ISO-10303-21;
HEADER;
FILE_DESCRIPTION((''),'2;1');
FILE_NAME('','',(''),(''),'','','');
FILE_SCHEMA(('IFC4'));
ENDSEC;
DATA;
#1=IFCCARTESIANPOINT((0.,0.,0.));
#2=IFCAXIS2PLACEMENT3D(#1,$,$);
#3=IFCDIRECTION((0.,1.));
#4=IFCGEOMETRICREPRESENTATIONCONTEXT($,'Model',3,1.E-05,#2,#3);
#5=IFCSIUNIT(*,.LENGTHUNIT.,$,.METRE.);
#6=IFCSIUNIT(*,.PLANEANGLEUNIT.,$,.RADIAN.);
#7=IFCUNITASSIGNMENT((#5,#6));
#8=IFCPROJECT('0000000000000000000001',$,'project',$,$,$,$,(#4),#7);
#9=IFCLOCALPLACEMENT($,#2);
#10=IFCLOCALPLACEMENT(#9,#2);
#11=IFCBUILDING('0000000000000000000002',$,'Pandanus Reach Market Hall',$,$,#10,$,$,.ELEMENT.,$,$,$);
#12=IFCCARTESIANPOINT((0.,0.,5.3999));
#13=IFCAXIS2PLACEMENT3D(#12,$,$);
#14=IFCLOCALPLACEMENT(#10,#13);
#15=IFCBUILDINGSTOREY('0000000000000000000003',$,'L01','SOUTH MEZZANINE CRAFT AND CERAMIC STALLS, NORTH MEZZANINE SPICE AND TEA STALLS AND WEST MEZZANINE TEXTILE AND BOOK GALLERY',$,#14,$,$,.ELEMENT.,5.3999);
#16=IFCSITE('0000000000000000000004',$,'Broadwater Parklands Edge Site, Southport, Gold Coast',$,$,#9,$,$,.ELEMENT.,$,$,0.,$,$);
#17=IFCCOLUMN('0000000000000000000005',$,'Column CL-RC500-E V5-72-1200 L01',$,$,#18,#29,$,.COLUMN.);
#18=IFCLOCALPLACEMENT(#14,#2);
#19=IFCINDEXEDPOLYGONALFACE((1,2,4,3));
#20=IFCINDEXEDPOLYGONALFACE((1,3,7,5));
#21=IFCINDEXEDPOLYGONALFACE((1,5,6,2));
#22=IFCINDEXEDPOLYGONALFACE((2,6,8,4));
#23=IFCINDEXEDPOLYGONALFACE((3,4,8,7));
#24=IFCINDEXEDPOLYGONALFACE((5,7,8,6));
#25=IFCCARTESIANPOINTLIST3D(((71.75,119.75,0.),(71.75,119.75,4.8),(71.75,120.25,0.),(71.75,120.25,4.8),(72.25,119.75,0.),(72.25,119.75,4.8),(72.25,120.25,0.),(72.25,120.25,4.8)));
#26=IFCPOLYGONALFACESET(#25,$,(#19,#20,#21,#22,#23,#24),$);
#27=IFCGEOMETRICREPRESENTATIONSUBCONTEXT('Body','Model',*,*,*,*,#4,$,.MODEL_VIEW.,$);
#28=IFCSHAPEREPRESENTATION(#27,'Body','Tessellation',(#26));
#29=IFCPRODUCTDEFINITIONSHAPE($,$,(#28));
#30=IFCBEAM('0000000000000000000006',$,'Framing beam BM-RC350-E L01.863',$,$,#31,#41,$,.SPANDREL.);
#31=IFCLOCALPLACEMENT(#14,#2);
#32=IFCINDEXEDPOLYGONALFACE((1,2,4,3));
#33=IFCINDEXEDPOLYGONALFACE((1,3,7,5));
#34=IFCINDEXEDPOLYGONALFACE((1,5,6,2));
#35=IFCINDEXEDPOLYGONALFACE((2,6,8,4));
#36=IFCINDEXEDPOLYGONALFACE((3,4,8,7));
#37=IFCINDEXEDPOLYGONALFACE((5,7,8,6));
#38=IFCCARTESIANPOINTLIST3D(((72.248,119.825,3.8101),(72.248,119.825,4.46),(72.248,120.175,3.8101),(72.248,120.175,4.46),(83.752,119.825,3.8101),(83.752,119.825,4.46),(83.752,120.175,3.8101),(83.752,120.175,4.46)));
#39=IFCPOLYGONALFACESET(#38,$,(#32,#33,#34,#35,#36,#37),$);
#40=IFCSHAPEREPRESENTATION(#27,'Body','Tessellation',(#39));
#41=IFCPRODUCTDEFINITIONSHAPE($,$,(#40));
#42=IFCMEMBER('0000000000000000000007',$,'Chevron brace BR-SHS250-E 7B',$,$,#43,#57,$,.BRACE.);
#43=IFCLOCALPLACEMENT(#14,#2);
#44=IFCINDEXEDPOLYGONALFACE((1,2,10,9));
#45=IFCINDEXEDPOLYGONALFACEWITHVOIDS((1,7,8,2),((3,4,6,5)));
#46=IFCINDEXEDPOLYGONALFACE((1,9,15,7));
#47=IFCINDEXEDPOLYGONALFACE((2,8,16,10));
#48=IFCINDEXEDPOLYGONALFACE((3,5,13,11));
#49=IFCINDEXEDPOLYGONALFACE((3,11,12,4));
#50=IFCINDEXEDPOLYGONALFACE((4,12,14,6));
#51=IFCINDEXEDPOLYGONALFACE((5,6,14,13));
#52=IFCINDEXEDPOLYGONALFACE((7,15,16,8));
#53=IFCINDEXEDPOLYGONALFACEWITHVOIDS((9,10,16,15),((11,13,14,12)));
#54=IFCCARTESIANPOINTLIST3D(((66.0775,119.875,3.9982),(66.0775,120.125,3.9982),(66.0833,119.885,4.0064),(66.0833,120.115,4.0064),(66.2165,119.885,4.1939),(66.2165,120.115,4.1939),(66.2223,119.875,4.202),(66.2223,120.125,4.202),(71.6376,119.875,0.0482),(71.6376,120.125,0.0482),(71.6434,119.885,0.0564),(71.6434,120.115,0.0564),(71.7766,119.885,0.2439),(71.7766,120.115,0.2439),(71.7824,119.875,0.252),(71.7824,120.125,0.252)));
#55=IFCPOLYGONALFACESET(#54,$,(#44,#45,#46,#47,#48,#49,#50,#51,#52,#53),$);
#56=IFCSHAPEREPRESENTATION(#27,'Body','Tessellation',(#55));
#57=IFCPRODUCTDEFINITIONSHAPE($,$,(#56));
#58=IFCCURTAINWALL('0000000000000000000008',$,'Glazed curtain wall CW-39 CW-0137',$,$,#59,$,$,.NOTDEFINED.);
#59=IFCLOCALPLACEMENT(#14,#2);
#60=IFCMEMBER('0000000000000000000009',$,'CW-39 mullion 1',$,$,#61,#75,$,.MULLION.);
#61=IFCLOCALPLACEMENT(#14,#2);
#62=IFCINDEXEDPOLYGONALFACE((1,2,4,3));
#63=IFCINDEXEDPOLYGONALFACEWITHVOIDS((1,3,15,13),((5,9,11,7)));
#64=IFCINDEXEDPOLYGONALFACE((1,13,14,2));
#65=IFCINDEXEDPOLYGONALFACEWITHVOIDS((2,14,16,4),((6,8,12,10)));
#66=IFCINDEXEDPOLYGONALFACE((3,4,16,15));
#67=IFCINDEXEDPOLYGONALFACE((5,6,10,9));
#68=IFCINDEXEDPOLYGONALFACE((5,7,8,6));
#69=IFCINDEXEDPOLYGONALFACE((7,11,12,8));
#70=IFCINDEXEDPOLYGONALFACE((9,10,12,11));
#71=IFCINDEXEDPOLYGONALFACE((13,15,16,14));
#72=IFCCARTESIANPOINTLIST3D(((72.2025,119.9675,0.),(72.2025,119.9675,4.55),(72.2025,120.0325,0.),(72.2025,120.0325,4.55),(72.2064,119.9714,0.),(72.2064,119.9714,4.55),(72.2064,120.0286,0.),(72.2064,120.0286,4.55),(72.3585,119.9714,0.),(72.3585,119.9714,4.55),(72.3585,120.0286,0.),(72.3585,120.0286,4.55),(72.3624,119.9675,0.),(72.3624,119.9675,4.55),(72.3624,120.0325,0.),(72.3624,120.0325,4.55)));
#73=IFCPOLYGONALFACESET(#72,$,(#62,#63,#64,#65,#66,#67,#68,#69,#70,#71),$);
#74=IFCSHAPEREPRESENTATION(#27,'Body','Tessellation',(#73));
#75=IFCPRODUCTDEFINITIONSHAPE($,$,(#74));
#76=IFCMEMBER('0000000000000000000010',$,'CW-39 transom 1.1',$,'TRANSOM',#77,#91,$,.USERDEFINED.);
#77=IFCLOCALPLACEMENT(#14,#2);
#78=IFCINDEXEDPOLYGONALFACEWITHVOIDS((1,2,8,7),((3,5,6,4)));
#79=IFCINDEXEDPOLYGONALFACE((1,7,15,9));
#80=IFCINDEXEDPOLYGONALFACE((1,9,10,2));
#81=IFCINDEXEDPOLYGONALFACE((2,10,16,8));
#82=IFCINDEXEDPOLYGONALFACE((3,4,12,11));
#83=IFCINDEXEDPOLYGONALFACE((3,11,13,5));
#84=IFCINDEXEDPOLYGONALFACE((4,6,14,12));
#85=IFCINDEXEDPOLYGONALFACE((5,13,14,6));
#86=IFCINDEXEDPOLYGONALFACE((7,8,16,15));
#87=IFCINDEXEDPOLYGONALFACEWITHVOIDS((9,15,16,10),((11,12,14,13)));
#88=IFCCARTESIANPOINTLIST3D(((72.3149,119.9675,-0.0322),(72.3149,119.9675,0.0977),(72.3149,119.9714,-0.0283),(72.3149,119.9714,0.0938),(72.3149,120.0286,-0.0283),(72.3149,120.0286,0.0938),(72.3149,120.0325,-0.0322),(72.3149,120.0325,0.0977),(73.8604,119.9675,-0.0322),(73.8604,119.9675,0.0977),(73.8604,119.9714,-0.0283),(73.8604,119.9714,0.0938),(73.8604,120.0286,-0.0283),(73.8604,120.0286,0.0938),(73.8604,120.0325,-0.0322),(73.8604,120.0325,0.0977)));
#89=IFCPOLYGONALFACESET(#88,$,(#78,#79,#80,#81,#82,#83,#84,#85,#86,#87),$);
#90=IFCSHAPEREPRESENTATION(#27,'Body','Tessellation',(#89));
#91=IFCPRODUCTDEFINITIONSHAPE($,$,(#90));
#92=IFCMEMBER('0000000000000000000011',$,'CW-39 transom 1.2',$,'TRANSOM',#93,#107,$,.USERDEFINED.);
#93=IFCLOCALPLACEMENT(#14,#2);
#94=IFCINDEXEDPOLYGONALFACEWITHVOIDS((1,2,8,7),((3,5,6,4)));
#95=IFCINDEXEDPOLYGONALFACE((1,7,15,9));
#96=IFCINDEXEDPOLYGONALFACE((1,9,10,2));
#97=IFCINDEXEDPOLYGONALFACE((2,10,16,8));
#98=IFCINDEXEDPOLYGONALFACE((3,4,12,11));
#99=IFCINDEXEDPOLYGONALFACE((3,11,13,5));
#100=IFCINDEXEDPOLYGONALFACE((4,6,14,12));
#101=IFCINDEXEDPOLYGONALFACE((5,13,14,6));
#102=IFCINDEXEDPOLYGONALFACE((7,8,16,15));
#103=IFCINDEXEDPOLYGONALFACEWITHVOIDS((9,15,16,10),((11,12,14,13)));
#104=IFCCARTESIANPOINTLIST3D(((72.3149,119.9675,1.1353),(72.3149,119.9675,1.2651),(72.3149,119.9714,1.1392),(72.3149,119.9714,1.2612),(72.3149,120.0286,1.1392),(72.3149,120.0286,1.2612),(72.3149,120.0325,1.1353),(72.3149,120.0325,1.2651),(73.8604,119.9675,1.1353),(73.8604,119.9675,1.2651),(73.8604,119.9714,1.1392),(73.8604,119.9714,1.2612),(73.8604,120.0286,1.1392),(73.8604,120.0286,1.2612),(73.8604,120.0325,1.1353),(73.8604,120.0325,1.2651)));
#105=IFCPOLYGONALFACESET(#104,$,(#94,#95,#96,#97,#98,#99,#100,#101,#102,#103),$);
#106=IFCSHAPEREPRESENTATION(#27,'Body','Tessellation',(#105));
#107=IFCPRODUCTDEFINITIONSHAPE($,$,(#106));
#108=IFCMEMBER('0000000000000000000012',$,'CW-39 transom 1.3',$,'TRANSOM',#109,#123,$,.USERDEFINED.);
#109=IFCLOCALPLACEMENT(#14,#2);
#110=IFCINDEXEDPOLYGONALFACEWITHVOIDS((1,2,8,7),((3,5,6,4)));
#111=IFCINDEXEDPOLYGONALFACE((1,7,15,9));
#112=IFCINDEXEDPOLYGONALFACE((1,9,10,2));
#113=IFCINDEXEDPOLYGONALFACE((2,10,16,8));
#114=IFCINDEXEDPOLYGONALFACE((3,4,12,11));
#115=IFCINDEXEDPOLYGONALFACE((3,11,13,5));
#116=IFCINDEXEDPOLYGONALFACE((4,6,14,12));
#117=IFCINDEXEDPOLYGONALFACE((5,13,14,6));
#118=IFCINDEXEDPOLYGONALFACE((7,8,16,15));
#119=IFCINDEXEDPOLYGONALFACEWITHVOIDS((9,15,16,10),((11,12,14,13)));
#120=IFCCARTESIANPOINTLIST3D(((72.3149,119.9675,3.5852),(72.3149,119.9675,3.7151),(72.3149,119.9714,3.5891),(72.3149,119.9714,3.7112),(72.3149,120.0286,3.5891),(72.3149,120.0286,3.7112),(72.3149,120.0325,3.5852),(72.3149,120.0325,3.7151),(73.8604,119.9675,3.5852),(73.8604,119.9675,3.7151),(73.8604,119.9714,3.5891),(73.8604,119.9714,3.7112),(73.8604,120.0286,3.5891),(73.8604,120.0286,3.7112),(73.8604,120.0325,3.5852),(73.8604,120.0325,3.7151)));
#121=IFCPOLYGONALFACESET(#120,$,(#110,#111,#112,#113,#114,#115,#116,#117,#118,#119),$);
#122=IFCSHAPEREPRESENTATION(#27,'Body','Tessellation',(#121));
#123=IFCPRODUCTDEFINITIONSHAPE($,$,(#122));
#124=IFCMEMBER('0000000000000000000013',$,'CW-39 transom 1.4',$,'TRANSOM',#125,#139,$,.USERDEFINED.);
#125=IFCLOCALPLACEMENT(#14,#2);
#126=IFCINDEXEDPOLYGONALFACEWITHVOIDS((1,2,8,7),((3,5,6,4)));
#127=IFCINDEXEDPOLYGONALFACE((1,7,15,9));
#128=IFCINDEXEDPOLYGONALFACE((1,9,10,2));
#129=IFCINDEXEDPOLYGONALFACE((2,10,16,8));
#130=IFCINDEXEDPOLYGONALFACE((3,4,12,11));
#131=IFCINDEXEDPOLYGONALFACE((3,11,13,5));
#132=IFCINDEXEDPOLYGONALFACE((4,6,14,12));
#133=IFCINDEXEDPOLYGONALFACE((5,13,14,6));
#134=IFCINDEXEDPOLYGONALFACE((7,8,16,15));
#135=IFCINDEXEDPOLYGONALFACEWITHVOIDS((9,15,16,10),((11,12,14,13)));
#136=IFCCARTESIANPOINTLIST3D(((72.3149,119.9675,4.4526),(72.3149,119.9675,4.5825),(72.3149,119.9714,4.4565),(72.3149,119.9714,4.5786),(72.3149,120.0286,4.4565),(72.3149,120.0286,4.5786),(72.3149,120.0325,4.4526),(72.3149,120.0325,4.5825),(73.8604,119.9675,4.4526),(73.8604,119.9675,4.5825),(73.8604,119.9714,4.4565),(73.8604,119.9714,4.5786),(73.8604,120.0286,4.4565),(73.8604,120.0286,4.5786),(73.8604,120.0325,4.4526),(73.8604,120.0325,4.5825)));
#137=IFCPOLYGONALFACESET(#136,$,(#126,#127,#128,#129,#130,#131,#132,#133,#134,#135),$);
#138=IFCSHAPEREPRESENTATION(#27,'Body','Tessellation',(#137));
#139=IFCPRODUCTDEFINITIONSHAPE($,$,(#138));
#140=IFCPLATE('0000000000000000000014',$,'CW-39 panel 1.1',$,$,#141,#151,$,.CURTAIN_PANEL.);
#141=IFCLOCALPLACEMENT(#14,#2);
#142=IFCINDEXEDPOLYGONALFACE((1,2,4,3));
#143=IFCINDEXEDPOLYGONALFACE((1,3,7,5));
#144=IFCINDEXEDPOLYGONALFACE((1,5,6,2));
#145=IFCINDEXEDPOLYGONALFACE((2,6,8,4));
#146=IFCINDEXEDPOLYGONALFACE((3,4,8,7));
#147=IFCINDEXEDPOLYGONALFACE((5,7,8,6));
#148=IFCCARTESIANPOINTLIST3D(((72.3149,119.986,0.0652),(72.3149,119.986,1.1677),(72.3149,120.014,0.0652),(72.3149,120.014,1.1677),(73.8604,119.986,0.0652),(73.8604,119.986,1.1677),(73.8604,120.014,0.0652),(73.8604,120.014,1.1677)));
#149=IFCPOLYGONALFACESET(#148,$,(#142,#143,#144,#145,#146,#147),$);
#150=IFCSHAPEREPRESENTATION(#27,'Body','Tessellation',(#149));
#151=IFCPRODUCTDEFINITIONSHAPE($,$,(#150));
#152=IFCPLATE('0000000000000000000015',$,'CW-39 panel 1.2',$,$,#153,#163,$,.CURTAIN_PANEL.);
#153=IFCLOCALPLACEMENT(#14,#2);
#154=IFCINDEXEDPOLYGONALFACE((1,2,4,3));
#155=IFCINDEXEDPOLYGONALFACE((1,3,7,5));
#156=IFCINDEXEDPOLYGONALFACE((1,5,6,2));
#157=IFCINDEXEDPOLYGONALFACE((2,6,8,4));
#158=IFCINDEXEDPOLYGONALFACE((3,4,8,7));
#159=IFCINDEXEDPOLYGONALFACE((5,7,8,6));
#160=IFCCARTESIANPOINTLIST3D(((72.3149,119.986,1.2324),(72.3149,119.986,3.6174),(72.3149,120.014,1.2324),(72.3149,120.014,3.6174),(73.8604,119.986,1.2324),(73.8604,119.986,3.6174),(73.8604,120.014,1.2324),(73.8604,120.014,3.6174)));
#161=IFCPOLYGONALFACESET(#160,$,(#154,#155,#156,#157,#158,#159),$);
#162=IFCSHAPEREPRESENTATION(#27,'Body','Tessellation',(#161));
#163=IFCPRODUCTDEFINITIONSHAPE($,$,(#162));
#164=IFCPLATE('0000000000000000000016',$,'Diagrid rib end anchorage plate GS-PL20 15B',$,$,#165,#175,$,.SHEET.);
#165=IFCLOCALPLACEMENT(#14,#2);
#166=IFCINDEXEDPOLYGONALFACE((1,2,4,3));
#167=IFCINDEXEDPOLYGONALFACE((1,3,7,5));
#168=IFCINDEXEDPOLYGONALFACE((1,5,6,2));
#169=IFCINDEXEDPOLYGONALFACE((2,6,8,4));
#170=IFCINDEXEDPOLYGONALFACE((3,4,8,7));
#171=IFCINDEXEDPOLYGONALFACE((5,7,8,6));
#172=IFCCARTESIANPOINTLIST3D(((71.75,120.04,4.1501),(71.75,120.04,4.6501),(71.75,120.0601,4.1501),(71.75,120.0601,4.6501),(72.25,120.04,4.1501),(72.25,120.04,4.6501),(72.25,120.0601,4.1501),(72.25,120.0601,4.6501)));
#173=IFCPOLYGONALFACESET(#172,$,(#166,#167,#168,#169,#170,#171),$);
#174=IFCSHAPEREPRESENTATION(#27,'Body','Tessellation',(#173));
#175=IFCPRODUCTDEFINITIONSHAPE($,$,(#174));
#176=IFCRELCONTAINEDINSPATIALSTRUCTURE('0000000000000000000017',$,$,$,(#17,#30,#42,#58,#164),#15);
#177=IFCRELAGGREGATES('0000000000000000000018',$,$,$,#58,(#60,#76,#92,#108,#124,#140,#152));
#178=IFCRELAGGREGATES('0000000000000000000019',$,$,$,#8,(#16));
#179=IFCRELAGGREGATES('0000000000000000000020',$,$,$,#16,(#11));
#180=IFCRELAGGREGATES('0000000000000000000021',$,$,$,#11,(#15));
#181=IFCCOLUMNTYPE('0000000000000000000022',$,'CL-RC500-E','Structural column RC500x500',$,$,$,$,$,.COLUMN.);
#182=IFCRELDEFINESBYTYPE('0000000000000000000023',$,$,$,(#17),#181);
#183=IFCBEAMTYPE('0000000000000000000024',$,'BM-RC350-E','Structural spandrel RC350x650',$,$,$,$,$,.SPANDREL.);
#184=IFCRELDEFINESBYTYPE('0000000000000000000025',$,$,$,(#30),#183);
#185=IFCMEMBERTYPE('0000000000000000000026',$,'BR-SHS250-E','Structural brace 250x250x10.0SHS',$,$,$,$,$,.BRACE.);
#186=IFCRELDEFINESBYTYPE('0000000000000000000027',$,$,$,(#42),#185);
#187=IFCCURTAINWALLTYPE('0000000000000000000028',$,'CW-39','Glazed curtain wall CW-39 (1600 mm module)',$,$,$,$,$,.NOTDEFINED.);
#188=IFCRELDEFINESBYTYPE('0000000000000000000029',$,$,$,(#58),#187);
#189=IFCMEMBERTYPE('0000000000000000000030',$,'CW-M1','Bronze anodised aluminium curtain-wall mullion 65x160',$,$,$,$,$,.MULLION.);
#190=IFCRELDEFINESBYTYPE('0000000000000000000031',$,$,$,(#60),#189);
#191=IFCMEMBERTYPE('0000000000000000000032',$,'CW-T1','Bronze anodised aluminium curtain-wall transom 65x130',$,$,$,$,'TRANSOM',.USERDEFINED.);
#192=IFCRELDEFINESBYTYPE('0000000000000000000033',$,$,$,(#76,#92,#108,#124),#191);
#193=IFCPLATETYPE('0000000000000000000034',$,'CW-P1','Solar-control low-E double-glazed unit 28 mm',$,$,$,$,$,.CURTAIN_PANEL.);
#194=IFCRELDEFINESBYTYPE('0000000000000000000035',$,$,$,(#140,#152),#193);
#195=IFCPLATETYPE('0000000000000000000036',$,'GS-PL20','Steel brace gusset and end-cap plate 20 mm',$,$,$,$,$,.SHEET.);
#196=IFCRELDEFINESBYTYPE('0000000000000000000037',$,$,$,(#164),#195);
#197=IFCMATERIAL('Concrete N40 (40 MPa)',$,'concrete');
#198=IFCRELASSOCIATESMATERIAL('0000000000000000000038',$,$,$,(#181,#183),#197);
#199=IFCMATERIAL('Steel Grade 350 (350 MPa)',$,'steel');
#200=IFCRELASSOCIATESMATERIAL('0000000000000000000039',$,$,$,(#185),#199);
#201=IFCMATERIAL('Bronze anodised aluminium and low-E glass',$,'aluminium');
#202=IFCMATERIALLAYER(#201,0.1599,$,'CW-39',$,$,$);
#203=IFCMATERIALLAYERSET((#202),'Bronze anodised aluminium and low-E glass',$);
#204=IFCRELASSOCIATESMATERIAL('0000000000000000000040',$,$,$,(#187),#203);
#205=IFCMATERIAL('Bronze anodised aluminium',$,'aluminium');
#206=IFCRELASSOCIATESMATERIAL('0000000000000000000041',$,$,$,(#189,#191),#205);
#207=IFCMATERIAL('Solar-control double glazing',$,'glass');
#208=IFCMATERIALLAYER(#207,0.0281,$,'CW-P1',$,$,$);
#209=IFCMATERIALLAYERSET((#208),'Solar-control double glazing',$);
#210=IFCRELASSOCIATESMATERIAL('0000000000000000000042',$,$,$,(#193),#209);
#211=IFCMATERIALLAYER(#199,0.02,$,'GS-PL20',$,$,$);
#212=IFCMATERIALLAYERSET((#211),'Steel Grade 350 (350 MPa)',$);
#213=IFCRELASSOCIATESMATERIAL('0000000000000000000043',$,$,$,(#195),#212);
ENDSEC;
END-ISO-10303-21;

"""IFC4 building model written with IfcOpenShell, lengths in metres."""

from ifc_helpers import new_model, si_unit, direction, frame, origin, origin_2d, place, context, subcontext, project, spatial, rectangle, hollow_rectangle, extrude, material, layer, layer_set, material_profile, profile_set, type_object, element, aggregate, save


model = new_model("IFC4")

# Units and contexts
model_context = context("Model", 3, precision=1e-05, world=origin(), true_north=direction((0.0, 1.0)))
body_context = subcontext(model_context, "Body", "Model", "MODEL_VIEW")
ifc_project = project(units=[si_unit("LENGTHUNIT", "METRE"), si_unit("PLANEANGLEUNIT", "RADIAN")], contexts=[model_context])

# Site, building, storey
site_placement = place(None, origin())
site = spatial("IfcSite", under=ifc_project, at=site_placement, Name="Broadwater Parklands Edge Site, Southport, Gold Coast", CompositionType="ELEMENT", RefElevation=0.0)
building_placement = place(site_placement, origin())
building = spatial("IfcBuilding", under=site, at=building_placement, Name="Pandanus Reach Market Hall", CompositionType="ELEMENT")
storey_placement = place(building_placement, frame((0.0, 0.0, 5.3999)))
storey = spatial("IfcBuildingStorey", under=building, at=storey_placement, Name="L01", Description="SOUTH MEZZANINE CRAFT AND CERAMIC STALLS, NORTH MEZZANINE SPICE AND TEA STALLS AND WEST MEZZANINE TEXTILE AND BOOK GALLERY", CompositionType="ELEMENT", Elevation=5.3999)

# Column
ifc_material_1 = material(Name="Concrete N40 (40 MPa)", Category="concrete")
ifc_material_profile_1 = material_profile(ifc_material_1, rectangle(XDim=0.5, YDim=0.5, at=origin_2d()), Name="RC500x500", Category="LoadBearing")
ifc_profile_set_1 = profile_set([ifc_material_profile_1], Name="Concrete N40 (40 MPa)")
column_type = type_object("IfcColumnType", Name="CL-RC500-E", Description="Structural column RC500x500", PredefinedType="COLUMN", material=ifc_profile_set_1)
column_placement = place(storey_placement, frame((72.0, 120.0, 0.0), z_axis=(0.0, 0.0, 1.0), x_axis=(1.0, 0.0, 0.0)))
element("IfcColumn", 1, at=column_placement, inside=storey, type_object=column_type, Name="Column CL-RC500-E V5-72-1200 L01", PredefinedType="COLUMN", context=body_context, shape_type="SweptSolid", body=[
    extrude(rectangle(XDim=0.5, YDim=0.5, at=origin_2d()), origin(), (0.0, 0.0, 1.0), 4.8),
])

# Beam
ifc_material_profile_2 = material_profile(ifc_material_1, rectangle(XDim=0.3501, YDim=0.6499, at=origin_2d()), Name="RC350x650", Category="LoadBearing")
ifc_profile_set_2 = profile_set([ifc_material_profile_2], Name="Concrete N40 (40 MPa)")
beam_type = type_object("IfcBeamType", Name="BM-RC350-E", Description="Structural spandrel RC350x650", PredefinedType="SPANDREL", material=ifc_profile_set_2)
beam_placement = place(storey_placement, frame((72.248, 120.0, 4.135), z_axis=(1.0, 0.0, 0.0), x_axis=(0.0, 1.0, 0.0)))
element("IfcBeam", 2, at=beam_placement, inside=storey, type_object=beam_type, Name="Framing beam BM-RC350-E L01.863", PredefinedType="SPANDREL", context=body_context, shape_type="SweptSolid", body=[
    extrude(rectangle(XDim=0.3501, YDim=0.6499, at=origin_2d()), origin(), (0.0, 0.0, 1.0), 11.5039),
])

# Member
ifc_material_2 = material(Name="Steel Grade 350 (350 MPa)", Category="steel")
ifc_material_profile_3 = material_profile(ifc_material_2, hollow_rectangle(XDim=0.25, YDim=0.25, WallThickness=0.01, at=origin_2d()), Name="250x250x10.0SHS", Category="LoadBearing")
ifc_profile_set_3 = profile_set([ifc_material_profile_3], Name="Steel Grade 350 (350 MPa)")
member_type_1 = type_object("IfcMemberType", Name="BR-SHS250-E", Description="Structural brace 250x250x10.0SHS", PredefinedType="BRACE", material=ifc_profile_set_3)
member_1_placement = place(storey_placement, frame((71.71, 120.0, 0.1501), z_axis=(-0.815223, 0.0, 0.579147), x_axis=(0.0, -1.0, 0.0)))
element("IfcMember", 3, at=member_1_placement, inside=storey, type_object=member_type_1, Name="Chevron brace BR-SHS250-E 7B", PredefinedType="BRACE", context=body_context, shape_type="SweptSolid", body=[
    extrude(hollow_rectangle(XDim=0.25, YDim=0.25, WallThickness=0.01, at=origin_2d()), origin(), (0.0, 0.0, 1.0), 6.8203),
])

# Curtain wall, members, plates
ifc_material_3 = material(Name="Bronze anodised aluminium and low-E glass", Category="aluminium")
ifc_layer_1 = layer(ifc_material_3, 0.1599, Name="CW-39")
ifc_layer_set_1 = layer_set([ifc_layer_1], Name="Bronze anodised aluminium and low-E glass")
curtain_wall_type = type_object("IfcCurtainWallType", Name="CW-39", Description="Glazed curtain wall CW-39 (1600 mm module)", PredefinedType="NOTDEFINED", material=ifc_layer_set_1)
curtain_wall_placement = place(storey_placement, origin())
curtain_wall = element("IfcCurtainWall", 4, at=curtain_wall_placement, inside=storey, type_object=curtain_wall_type, Name="Glazed curtain wall CW-39 CW-0137", PredefinedType="NOTDEFINED")
ifc_material_4 = material(Name="Bronze anodised aluminium", Category="aluminium")
ifc_material_profile_4 = material_profile(ifc_material_4, hollow_rectangle(XDim=0.0649, YDim=0.1599, WallThickness=0.0039, at=origin_2d()), Name="ALU65x160", Category="LoadBearing")
ifc_profile_set_4 = profile_set([ifc_material_profile_4], Name="Bronze anodised aluminium")
member_type_2 = type_object("IfcMemberType", Name="CW-M1", Description="Bronze anodised aluminium curtain-wall mullion 65x160", PredefinedType="MULLION", material=ifc_profile_set_4)
member_2_placement = place(storey_placement, frame((72.2825, 120.0, 0.0), z_axis=(0.0, 0.0, 1.0), x_axis=(0.0, 1.0, 0.0)))
member_2 = element("IfcMember", 5, at=member_2_placement, type_object=member_type_2, Name="CW-39 mullion 1", PredefinedType="MULLION", context=body_context, shape_type="SweptSolid", body=[
    extrude(hollow_rectangle(XDim=0.0649, YDim=0.1599, WallThickness=0.0039, at=origin_2d()), origin(), (0.0, 0.0, 1.0), 4.55),
])
ifc_material_profile_5 = material_profile(ifc_material_4, hollow_rectangle(XDim=0.0649, YDim=0.1299, WallThickness=0.0039, at=origin_2d()), Name="ALU65x130", Category="LoadBearing")
ifc_profile_set_5 = profile_set([ifc_material_profile_5], Name="Bronze anodised aluminium")
member_type_3 = type_object("IfcMemberType", Name="CW-T1", Description="Bronze anodised aluminium curtain-wall transom 65x130", ElementType="TRANSOM", PredefinedType="USERDEFINED", material=ifc_profile_set_5)
member_3_placement = place(storey_placement, frame((72.3149, 120.0, 0.0327), z_axis=(1.0, 0.0, 0.0), x_axis=(0.0, 1.0, 0.0)))
member_3 = element("IfcMember", 6, at=member_3_placement, type_object=member_type_3, Name="CW-39 transom 1.1", ObjectType="TRANSOM", PredefinedType="USERDEFINED", context=body_context, shape_type="SweptSolid", body=[
    extrude(hollow_rectangle(XDim=0.0649, YDim=0.1299, WallThickness=0.0039, at=origin_2d()), origin(), (0.0, 0.0, 1.0), 1.5454),
])
member_4_placement = place(storey_placement, frame((72.3149, 120.0, 1.2002), z_axis=(1.0, 0.0, 0.0), x_axis=(0.0, 1.0, 0.0)))
member_4 = element("IfcMember", 7, at=member_4_placement, type_object=member_type_3, Name="CW-39 transom 1.2", ObjectType="TRANSOM", PredefinedType="USERDEFINED", context=body_context, shape_type="SweptSolid", body=[
    extrude(hollow_rectangle(XDim=0.0649, YDim=0.1299, WallThickness=0.0039, at=origin_2d()), origin(), (0.0, 0.0, 1.0), 1.5454),
])
member_5_placement = place(storey_placement, frame((72.3149, 120.0, 3.6501), z_axis=(1.0, 0.0, 0.0), x_axis=(0.0, 1.0, 0.0)))
member_5 = element("IfcMember", 8, at=member_5_placement, type_object=member_type_3, Name="CW-39 transom 1.3", ObjectType="TRANSOM", PredefinedType="USERDEFINED", context=body_context, shape_type="SweptSolid", body=[
    extrude(hollow_rectangle(XDim=0.0649, YDim=0.1299, WallThickness=0.0039, at=origin_2d()), origin(), (0.0, 0.0, 1.0), 1.5454),
])
member_6_placement = place(storey_placement, frame((72.3149, 120.0, 4.5176), z_axis=(1.0, 0.0, 0.0), x_axis=(0.0, 1.0, 0.0)))
member_6 = element("IfcMember", 9, at=member_6_placement, type_object=member_type_3, Name="CW-39 transom 1.4", ObjectType="TRANSOM", PredefinedType="USERDEFINED", context=body_context, shape_type="SweptSolid", body=[
    extrude(hollow_rectangle(XDim=0.0649, YDim=0.1299, WallThickness=0.0039, at=origin_2d()), origin(), (0.0, 0.0, 1.0), 1.5454),
])
ifc_material_5 = material(Name="Solar-control double glazing", Category="glass")
ifc_layer_2 = layer(ifc_material_5, 0.0281, Name="CW-P1")
ifc_layer_set_2 = layer_set([ifc_layer_2], Name="Solar-control double glazing")
plate_type_1 = type_object("IfcPlateType", Name="CW-P1", Description="Solar-control low-E double-glazed unit 28 mm", PredefinedType="CURTAIN_PANEL", material=ifc_layer_set_2)
plate_1_placement = place(storey_placement, frame((73.0876, 120.0, 0.0652), z_axis=(0.0, 0.0, 1.0), x_axis=(1.0, 0.0, 0.0)))
plate_1 = element("IfcPlate", 10, at=plate_1_placement, type_object=plate_type_1, Name="CW-39 panel 1.1", PredefinedType="CURTAIN_PANEL", context=body_context, shape_type="SweptSolid", body=[
    extrude(rectangle(XDim=1.5454, YDim=0.0281, at=origin_2d()), origin(), (0.0, 0.0, 1.0), 1.1025),
])
plate_2_placement = place(storey_placement, frame((73.0876, 120.0, 1.2324), z_axis=(0.0, 0.0, 1.0), x_axis=(1.0, 0.0, 0.0)))
plate_2 = element("IfcPlate", 11, at=plate_2_placement, type_object=plate_type_1, Name="CW-39 panel 1.2", PredefinedType="CURTAIN_PANEL", context=body_context, shape_type="SweptSolid", body=[
    extrude(rectangle(XDim=1.5454, YDim=0.0281, at=origin_2d()), origin(), (0.0, 0.0, 1.0), 2.385),
])
aggregate(curtain_wall, [member_2, member_3, member_4, member_5, member_6, plate_1, plate_2])

# Plate
ifc_layer_3 = layer(ifc_material_2, 0.02, Name="GS-PL20")
ifc_layer_set_3 = layer_set([ifc_layer_3], Name="Steel Grade 350 (350 MPa)")
plate_type_2 = type_object("IfcPlateType", Name="GS-PL20", Description="Steel brace gusset and end-cap plate 20 mm", PredefinedType="SHEET", material=ifc_layer_set_3)
plate_3_placement = place(storey_placement, frame((72.0, 120.05, 4.1501), z_axis=(0.0, 0.0, 1.0), x_axis=(1.0, 0.0, 0.0)))
element("IfcPlate", 12, at=plate_3_placement, inside=storey, type_object=plate_type_2, Name="Diagrid rib end anchorage plate GS-PL20 15B", PredefinedType="SHEET", context=body_context, shape_type="SweptSolid", body=[
    extrude(rectangle(XDim=0.5, YDim=0.02, at=origin_2d()), origin(), (0.0, 0.0, 1.0), 0.5),
])

save(model, "model.ifc")
